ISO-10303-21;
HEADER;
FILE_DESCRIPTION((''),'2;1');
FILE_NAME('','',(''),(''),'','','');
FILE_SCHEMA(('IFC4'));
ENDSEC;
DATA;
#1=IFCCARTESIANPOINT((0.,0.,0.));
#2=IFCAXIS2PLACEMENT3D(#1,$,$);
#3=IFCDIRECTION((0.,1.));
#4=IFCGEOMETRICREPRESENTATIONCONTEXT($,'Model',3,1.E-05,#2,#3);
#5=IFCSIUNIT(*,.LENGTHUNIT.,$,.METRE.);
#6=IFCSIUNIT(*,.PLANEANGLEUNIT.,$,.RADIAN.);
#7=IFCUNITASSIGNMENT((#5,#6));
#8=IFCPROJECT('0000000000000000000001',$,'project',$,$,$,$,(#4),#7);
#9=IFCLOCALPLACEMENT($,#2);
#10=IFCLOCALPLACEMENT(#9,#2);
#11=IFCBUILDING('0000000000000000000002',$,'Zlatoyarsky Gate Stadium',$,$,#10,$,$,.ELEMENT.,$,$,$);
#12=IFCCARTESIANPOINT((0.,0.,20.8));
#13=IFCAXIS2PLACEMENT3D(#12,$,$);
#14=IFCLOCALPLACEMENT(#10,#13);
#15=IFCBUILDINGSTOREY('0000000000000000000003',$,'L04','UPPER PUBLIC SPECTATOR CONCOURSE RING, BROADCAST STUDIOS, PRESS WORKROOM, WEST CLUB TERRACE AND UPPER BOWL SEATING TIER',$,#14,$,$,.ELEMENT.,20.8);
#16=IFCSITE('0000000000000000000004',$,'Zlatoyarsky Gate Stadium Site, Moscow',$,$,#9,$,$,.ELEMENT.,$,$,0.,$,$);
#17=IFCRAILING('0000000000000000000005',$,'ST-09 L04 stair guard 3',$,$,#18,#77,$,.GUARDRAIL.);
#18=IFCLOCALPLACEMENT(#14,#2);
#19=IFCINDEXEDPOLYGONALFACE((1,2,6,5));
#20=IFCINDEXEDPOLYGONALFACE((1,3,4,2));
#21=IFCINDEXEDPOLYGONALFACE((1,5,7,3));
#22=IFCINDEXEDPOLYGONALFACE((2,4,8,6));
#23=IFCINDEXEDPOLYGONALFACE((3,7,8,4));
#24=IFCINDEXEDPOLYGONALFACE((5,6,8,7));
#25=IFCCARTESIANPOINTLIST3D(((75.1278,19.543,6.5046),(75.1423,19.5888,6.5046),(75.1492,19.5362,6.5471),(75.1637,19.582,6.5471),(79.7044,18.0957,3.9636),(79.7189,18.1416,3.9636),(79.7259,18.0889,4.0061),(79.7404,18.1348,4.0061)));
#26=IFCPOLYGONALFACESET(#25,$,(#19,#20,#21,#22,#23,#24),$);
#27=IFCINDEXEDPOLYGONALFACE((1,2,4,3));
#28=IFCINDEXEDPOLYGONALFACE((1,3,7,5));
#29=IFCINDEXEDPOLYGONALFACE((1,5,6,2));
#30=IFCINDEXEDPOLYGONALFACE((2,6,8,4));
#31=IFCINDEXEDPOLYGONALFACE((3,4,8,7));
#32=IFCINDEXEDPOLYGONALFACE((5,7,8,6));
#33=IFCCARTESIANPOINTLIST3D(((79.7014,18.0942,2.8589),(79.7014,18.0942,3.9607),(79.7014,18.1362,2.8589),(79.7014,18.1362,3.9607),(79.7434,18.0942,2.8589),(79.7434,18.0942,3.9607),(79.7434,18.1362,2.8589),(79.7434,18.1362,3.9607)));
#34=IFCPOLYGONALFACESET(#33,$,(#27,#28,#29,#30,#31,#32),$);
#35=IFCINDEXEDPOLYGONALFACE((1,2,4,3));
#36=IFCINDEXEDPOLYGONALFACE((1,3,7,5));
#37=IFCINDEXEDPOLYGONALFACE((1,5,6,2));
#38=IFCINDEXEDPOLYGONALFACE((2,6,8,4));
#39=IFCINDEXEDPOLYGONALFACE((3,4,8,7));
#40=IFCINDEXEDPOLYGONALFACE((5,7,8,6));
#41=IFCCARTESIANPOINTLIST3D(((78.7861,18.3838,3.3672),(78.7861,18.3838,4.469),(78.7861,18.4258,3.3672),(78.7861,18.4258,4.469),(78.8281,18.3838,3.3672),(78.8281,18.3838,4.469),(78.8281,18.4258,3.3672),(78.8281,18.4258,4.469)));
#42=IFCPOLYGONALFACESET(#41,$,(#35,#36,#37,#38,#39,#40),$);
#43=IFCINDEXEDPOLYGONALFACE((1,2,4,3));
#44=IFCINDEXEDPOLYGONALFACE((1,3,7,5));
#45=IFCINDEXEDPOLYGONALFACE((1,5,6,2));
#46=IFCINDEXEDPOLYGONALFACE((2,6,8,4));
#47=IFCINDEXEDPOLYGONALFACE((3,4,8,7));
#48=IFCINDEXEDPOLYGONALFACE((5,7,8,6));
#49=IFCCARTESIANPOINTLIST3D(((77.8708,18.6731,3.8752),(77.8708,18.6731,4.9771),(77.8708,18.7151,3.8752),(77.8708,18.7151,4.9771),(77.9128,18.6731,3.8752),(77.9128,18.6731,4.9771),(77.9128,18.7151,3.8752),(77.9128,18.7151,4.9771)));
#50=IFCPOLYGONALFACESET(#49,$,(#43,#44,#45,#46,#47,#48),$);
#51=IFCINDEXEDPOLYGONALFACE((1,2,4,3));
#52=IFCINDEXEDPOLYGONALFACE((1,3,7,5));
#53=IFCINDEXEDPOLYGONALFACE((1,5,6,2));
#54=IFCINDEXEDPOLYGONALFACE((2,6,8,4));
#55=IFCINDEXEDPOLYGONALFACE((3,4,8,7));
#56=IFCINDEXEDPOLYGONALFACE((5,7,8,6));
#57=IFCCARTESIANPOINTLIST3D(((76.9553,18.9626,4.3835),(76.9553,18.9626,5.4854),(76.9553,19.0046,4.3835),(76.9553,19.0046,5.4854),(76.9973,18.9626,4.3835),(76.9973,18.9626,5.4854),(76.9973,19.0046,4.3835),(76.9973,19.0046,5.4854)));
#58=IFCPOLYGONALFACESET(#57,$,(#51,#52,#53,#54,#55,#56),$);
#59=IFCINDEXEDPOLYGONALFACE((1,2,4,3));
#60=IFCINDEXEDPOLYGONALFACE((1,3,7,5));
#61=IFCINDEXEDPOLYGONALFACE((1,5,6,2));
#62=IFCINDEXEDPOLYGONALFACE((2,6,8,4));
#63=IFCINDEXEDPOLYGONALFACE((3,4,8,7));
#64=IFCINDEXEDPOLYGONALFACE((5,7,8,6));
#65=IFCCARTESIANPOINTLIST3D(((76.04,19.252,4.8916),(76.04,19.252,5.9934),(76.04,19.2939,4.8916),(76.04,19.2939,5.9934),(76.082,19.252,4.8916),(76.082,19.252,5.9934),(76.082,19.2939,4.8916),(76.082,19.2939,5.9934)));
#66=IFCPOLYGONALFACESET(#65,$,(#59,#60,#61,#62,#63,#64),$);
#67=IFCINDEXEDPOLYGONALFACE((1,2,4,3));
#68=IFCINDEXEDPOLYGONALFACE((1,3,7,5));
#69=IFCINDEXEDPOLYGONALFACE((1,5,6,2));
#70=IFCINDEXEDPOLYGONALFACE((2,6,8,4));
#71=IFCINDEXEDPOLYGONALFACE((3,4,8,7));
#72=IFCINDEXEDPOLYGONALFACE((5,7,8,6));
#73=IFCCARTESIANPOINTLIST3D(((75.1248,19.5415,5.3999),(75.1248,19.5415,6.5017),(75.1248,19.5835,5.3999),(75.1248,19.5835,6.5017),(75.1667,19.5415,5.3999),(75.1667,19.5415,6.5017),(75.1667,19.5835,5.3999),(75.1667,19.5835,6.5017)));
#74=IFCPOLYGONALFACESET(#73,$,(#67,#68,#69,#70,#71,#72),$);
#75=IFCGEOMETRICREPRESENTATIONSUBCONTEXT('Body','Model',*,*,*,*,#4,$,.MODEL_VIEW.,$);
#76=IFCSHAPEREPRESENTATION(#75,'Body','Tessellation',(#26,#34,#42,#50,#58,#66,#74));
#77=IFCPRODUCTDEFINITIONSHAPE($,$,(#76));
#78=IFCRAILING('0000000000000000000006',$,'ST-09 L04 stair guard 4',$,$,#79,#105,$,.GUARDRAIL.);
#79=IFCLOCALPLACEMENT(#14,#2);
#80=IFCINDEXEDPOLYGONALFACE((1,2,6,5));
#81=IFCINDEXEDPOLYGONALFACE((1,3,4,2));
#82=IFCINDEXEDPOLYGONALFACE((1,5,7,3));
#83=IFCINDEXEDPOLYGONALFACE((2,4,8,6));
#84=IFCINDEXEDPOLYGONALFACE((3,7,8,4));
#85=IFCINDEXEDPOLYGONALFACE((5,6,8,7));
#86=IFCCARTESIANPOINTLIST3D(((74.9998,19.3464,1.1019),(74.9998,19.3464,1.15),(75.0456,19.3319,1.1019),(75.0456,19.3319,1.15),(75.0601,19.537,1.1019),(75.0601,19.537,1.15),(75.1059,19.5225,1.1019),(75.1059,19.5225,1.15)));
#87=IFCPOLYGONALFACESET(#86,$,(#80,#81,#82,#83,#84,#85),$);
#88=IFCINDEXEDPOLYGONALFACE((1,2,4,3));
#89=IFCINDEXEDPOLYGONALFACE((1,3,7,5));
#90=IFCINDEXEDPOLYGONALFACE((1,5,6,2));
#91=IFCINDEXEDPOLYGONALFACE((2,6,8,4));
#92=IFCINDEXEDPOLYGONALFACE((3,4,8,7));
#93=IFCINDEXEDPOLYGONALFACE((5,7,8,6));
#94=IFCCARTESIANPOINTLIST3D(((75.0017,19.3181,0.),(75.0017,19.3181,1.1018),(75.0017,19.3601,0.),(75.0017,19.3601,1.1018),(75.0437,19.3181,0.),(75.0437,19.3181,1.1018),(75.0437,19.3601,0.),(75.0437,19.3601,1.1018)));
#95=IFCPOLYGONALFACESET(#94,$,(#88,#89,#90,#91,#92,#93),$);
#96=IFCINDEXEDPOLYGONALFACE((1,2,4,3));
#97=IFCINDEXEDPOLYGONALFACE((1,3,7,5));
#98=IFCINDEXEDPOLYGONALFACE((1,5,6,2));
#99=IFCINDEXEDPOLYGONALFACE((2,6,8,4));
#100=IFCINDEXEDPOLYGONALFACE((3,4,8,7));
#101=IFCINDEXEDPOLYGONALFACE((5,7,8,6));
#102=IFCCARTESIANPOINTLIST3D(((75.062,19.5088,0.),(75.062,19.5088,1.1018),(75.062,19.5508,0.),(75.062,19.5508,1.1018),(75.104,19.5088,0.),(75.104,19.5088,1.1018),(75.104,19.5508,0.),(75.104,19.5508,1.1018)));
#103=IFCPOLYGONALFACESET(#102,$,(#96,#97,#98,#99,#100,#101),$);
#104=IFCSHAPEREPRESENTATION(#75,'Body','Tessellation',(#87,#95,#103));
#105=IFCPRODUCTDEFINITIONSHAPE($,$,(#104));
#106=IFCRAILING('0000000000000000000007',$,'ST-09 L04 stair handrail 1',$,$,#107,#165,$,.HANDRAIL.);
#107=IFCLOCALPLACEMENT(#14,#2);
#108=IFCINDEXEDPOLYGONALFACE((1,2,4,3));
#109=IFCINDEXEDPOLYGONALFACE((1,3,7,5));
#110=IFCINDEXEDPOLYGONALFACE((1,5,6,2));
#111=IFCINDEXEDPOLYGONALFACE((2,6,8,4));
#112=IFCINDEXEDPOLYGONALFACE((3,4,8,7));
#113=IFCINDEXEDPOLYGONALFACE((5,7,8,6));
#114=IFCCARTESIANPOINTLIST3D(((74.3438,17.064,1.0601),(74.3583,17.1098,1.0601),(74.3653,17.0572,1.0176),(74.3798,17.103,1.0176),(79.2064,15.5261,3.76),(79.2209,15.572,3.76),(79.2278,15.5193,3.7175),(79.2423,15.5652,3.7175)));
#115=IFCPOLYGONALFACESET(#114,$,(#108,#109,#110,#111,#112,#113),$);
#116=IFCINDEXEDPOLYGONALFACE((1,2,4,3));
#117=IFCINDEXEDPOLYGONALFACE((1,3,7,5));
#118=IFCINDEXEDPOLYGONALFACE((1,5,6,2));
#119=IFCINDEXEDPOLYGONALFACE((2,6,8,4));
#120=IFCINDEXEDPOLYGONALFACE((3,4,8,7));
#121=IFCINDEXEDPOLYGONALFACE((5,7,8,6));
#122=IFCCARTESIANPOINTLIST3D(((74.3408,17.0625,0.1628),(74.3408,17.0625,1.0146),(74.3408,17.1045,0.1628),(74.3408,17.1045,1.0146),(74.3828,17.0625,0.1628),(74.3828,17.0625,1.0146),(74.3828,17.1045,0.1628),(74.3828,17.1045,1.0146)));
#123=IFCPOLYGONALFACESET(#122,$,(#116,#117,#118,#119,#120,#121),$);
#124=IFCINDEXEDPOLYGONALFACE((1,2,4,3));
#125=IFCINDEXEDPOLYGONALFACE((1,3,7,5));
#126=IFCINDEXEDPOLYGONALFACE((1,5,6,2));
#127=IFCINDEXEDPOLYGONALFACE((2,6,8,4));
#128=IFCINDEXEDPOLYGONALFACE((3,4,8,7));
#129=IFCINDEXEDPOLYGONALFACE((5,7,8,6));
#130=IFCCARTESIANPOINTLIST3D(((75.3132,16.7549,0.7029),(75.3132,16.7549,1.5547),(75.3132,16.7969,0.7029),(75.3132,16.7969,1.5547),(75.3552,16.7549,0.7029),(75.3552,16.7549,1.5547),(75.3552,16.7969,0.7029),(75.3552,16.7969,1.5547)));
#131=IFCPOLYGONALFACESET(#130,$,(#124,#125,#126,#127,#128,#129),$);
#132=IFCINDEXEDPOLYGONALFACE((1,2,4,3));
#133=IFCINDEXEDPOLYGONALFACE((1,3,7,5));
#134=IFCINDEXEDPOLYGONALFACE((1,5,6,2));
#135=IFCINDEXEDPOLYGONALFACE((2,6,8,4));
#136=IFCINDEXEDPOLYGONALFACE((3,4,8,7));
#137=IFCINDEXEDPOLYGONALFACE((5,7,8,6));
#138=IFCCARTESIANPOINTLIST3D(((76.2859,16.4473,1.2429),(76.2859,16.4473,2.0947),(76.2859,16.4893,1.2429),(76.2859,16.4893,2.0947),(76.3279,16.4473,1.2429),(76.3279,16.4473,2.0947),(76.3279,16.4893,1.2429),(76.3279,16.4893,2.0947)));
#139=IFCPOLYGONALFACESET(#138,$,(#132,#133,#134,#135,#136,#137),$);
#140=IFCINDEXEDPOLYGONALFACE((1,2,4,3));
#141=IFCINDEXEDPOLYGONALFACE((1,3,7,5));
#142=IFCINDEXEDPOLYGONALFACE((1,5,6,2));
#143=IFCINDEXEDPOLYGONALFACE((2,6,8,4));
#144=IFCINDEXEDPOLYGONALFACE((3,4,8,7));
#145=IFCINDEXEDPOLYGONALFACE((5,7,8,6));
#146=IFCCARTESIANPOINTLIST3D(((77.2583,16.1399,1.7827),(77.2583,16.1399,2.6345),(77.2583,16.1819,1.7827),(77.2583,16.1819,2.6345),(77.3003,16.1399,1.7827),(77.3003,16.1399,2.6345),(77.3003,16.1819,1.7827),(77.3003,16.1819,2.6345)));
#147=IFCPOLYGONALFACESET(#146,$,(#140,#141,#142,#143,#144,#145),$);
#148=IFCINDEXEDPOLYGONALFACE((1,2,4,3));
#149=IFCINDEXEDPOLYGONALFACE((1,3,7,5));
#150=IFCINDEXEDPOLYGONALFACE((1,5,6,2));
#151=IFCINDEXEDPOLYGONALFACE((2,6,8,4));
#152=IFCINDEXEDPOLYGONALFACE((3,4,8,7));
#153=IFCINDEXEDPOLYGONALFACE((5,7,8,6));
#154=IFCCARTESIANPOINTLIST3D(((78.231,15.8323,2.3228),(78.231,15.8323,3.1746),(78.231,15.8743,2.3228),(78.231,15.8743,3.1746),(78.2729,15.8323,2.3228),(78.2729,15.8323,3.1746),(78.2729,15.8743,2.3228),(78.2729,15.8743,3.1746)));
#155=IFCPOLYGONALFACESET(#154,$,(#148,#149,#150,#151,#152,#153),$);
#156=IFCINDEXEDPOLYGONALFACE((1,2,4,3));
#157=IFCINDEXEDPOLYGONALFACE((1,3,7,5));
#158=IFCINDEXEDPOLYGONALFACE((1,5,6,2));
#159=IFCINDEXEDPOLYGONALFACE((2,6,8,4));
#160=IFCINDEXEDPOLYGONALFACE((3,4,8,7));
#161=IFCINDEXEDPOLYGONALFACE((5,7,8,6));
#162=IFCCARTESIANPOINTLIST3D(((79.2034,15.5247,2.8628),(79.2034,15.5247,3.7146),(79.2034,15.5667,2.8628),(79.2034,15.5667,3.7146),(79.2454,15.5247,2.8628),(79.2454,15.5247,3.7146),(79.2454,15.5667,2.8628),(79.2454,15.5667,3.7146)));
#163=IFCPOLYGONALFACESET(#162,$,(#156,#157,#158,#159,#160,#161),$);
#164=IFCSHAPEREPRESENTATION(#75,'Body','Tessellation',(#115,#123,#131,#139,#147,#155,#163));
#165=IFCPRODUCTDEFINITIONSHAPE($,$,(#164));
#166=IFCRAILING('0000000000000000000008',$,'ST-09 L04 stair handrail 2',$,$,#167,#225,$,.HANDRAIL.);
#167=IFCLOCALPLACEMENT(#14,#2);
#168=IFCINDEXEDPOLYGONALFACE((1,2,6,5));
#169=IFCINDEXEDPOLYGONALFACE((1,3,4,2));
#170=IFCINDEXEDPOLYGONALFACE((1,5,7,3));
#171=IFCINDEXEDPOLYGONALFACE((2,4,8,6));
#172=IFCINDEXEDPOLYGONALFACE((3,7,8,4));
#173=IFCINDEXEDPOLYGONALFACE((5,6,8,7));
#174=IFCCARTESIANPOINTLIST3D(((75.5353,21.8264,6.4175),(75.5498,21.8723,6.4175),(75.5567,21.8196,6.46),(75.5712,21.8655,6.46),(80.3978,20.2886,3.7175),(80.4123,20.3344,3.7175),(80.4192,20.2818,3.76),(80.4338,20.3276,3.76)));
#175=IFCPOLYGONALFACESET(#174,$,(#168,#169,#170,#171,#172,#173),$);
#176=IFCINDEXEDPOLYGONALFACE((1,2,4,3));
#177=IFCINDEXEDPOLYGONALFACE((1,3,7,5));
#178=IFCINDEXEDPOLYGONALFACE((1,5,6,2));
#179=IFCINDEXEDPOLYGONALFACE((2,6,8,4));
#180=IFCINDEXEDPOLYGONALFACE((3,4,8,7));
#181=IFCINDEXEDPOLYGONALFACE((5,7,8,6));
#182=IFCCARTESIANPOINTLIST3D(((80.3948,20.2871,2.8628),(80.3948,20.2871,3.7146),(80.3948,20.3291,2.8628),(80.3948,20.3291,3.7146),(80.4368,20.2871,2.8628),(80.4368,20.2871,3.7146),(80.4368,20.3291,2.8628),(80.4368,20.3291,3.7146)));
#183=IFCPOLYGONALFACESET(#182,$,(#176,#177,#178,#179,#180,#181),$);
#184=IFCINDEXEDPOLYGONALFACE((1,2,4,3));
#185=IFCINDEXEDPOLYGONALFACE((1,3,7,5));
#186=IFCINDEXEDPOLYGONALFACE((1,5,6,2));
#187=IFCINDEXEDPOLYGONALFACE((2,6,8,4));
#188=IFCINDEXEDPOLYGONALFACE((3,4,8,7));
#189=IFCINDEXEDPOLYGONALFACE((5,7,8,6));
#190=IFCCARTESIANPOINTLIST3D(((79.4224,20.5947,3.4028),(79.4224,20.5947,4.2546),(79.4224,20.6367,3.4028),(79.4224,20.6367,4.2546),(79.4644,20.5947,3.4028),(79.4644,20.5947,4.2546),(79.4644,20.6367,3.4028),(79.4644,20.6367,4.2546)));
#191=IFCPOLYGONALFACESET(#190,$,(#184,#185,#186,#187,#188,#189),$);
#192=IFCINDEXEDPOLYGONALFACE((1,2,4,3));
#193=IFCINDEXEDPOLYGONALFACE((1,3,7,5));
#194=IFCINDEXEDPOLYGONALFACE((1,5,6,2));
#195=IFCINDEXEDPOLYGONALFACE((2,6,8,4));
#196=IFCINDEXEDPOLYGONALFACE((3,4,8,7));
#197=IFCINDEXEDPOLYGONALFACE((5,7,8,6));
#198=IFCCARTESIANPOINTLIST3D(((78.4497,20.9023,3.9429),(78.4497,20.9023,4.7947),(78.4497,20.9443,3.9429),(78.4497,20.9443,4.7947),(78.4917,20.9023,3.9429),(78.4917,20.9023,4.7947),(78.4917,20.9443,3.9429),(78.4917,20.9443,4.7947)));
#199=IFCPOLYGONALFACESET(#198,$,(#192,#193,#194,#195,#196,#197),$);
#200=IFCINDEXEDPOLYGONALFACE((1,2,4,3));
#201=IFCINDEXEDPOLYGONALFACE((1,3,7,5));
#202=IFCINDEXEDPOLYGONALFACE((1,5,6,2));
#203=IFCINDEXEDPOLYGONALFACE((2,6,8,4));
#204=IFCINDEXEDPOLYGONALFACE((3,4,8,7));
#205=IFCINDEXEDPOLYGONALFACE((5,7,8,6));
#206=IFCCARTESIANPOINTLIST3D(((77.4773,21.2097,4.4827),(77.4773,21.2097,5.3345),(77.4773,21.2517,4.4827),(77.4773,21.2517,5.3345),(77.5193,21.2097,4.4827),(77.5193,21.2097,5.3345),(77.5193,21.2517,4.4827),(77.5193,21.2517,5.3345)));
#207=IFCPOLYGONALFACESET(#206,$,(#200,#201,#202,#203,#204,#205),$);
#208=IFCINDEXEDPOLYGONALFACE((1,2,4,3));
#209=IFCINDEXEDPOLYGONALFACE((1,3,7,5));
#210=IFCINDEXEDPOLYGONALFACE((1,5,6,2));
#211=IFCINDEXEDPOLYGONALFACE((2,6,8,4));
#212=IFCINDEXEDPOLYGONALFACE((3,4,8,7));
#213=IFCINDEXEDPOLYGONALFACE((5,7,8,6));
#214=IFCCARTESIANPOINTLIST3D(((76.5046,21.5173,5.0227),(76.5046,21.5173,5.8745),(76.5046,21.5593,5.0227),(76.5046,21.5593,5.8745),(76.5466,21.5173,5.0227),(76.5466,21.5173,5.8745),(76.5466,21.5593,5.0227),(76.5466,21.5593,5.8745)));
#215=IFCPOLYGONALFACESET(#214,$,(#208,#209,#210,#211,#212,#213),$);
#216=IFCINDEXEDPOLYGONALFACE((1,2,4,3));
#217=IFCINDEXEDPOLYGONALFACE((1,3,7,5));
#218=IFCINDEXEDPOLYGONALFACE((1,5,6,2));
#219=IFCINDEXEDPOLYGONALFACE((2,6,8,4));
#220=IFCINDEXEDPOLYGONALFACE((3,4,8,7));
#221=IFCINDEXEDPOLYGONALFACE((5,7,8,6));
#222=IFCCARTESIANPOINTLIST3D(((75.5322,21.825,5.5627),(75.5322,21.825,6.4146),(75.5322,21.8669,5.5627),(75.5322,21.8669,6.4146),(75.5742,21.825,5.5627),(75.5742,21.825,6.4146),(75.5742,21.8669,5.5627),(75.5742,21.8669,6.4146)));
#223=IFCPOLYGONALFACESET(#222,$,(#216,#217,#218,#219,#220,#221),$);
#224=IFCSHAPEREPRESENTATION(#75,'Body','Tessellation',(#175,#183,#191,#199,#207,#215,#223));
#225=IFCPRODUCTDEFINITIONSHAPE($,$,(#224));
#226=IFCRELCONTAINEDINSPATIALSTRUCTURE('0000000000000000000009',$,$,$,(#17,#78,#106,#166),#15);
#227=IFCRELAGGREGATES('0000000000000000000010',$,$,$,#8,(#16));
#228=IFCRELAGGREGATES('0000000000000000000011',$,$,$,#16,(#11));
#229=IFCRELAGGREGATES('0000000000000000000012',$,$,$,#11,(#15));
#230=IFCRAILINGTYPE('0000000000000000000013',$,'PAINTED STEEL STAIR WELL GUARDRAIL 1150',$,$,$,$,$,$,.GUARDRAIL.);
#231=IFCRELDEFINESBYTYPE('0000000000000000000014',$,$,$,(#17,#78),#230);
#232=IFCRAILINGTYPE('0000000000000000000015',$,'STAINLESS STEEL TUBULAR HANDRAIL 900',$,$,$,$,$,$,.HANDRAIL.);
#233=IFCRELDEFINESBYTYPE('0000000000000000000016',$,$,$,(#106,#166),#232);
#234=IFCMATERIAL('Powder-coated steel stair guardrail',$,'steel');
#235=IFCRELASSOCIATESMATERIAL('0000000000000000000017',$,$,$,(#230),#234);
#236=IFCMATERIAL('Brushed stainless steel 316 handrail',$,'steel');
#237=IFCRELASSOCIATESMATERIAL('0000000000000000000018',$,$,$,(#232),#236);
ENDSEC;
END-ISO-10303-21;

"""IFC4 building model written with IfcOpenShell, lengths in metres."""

from ifc_helpers import new_model, si_unit, direction, frame, origin, origin_2d, place, context, subcontext, project, spatial, rectangle, extrude, material, type_object, element, save


model = new_model("IFC4")

# Units and contexts
model_context = context("Model", 3, precision=1e-05, world=origin(), true_north=direction((0.0, 1.0)))
body_context = subcontext(model_context, "Body", "Model", "MODEL_VIEW")
ifc_project = project(units=[si_unit("LENGTHUNIT", "METRE"), si_unit("PLANEANGLEUNIT", "RADIAN")], contexts=[model_context])

# Site, building, storey
site_placement = place(None, origin())
site = spatial("IfcSite", under=ifc_project, at=site_placement, Name="Zlatoyarsky Gate Stadium Site, Moscow", CompositionType="ELEMENT", RefElevation=0.0)
building_placement = place(site_placement, origin())
building = spatial("IfcBuilding", under=site, at=building_placement, Name="Zlatoyarsky Gate Stadium", CompositionType="ELEMENT")
storey_placement = place(building_placement, frame((0.0, 0.0, 20.8)))
storey = spatial("IfcBuildingStorey", under=building, at=storey_placement, Name="L04", Description="UPPER PUBLIC SPECTATOR CONCOURSE RING, BROADCAST STUDIOS, PRESS WORKROOM, WEST CLUB TERRACE AND UPPER BOWL SEATING TIER", CompositionType="ELEMENT", Elevation=20.8)

# Railings
ifc_material_1 = material(Name="Powder-coated steel stair guardrail", Category="steel")
railing_type_1 = type_object("IfcRailingType", Name="PAINTED STEEL STAIR WELL GUARDRAIL 1150", PredefinedType="GUARDRAIL", material=ifc_material_1)
railing_1_placement = place(storey_placement, frame((79.7224, 18.1152, 2.8589)))
element("IfcRailing", 1, at=railing_1_placement, inside=storey, type_object=railing_type_1, Name="ST-09 L04 stair guard 3", PredefinedType="GUARDRAIL", context=body_context, shape_type="SweptSolid", body=[
    extrude(rectangle(XDim=0.0481, YDim=0.0481, at=origin_2d()), frame((0.0, 0.0, 1.126), z_axis=(-0.842672, 0.266476, 0.467861), x_axis=(-0.301511, -0.953463, 0.0)), (0.0, 0.0, 1.0), 5.4312),
    extrude(rectangle(XDim=0.042, YDim=0.042, at=origin_2d()), origin(), (0.0, 0.0, 1.0), 1.1018),
    extrude(rectangle(XDim=0.042, YDim=0.042, at=origin_2d()), frame((-0.9153, 0.2896, 0.5083)), (0.0, 0.0, 1.0), 1.1018),
    extrude(rectangle(XDim=0.042, YDim=0.042, at=origin_2d()), frame((-1.8306, 0.5789, 1.0164)), (0.0, 0.0, 1.0), 1.1018),
    extrude(rectangle(XDim=0.042, YDim=0.042, at=origin_2d()), frame((-2.7461, 0.8684, 1.5247)), (0.0, 0.0, 1.0), 1.1018),
    extrude(rectangle(XDim=0.042, YDim=0.042, at=origin_2d()), frame((-3.6614, 1.1577, 2.0327)), (0.0, 0.0, 1.0), 1.1018),
    extrude(rectangle(XDim=0.042, YDim=0.042, at=origin_2d()), frame((-4.5767, 1.4473, 2.541)), (0.0, 0.0, 1.0), 1.1018),
])
railing_2_placement = place(storey_placement, frame((75.0227, 19.3391, 0.0)))
element("IfcRailing", 2, at=railing_2_placement, inside=storey, type_object=railing_type_1, Name="ST-09 L04 stair guard 4", PredefinedType="GUARDRAIL", context=body_context, shape_type="SweptSolid", body=[
    extrude(rectangle(XDim=0.0481, YDim=0.0481, at=origin_2d()), frame((0.0, 0.0, 1.126), z_axis=(0.30154, 0.953453, 0.0), x_axis=(-0.953453, 0.30154, 0.0)), (0.0, 0.0, 1.0), 0.2),
    extrude(rectangle(XDim=0.042, YDim=0.042, at=origin_2d()), origin(), (0.0, 0.0, 1.0), 1.1018),
    extrude(rectangle(XDim=0.042, YDim=0.042, at=origin_2d()), frame((0.0603, 0.1907, 0.0)), (0.0, 0.0, 1.0), 1.1018),
])
ifc_material_2 = material(Name="Brushed stainless steel 316 handrail", Category="steel")
railing_type_2 = type_object("IfcRailingType", Name="STAINLESS STEEL TUBULAR HANDRAIL 900", PredefinedType="HANDRAIL", material=ifc_material_2)
railing_3_placement = place(storey_placement, frame((74.3618, 17.0835, 0.1628)))
element("IfcRailing", 3, at=railing_3_placement, inside=storey, type_object=railing_type_2, Name="ST-09 L04 stair handrail 1", PredefinedType="HANDRAIL", context=body_context, shape_type="SweptSolid", body=[
    extrude(rectangle(XDim=0.0481, YDim=0.0481, at=origin_2d()), frame((0.0, 0.0, 0.876), z_axis=(0.842651, -0.266499, 0.467886), x_axis=(0.301541, 0.953453, 0.0)), (0.0, 0.0, 1.0), 5.7705),
    extrude(rectangle(XDim=0.042, YDim=0.042, at=origin_2d()), origin(), (0.0, 0.0, 1.0), 0.8518),
    extrude(rectangle(XDim=0.042, YDim=0.042, at=origin_2d()), frame((0.9724, -0.3076, 0.54)), (0.0, 0.0, 1.0), 0.8518),
    extrude(rectangle(XDim=0.042, YDim=0.042, at=origin_2d()), frame((1.9451, -0.6152, 1.0801)), (0.0, 0.0, 1.0), 0.8518),
    extrude(rectangle(XDim=0.042, YDim=0.042, at=origin_2d()), frame((2.9175, -0.9226, 1.6199)), (0.0, 0.0, 1.0), 0.8518),
    extrude(rectangle(XDim=0.042, YDim=0.042, at=origin_2d()), frame((3.8901, -1.2302, 2.1599)), (0.0, 0.0, 1.0), 0.8518),
    extrude(rectangle(XDim=0.042, YDim=0.042, at=origin_2d()), frame((4.8625, -1.5378, 2.7)), (0.0, 0.0, 1.0), 0.8518),
])
railing_4_placement = place(storey_placement, frame((80.4158, 20.3081, 2.8628)))
element("IfcRailing", 4, at=railing_4_placement, inside=storey, type_object=railing_type_2, Name="ST-09 L04 stair handrail 2", PredefinedType="HANDRAIL", context=body_context, shape_type="SweptSolid", body=[
    extrude(rectangle(XDim=0.0481, YDim=0.0481, at=origin_2d()), frame((0.0, 0.0, 0.876), z_axis=(-0.842651, 0.266499, 0.467886), x_axis=(-0.301541, -0.953453, 0.0)), (0.0, 0.0, 1.0), 5.7705),
    extrude(rectangle(XDim=0.042, YDim=0.042, at=origin_2d()), origin(), (0.0, 0.0, 1.0), 0.8518),
    extrude(rectangle(XDim=0.042, YDim=0.042, at=origin_2d()), frame((-0.9724, 0.3076, 0.54)), (0.0, 0.0, 1.0), 0.8518),
    extrude(rectangle(XDim=0.042, YDim=0.042, at=origin_2d()), frame((-1.9451, 0.6152, 1.0801)), (0.0, 0.0, 1.0), 0.8518),
    extrude(rectangle(XDim=0.042, YDim=0.042, at=origin_2d()), frame((-2.9175, 0.9226, 1.6199)), (0.0, 0.0, 1.0), 0.8518),
    extrude(rectangle(XDim=0.042, YDim=0.042, at=origin_2d()), frame((-3.8901, 1.2302, 2.1599)), (0.0, 0.0, 1.0), 0.8518),
    extrude(rectangle(XDim=0.042, YDim=0.042, at=origin_2d()), frame((-4.8625, 1.5378, 2.7)), (0.0, 0.0, 1.0), 0.8518),
])

save(model, "model.ifc")
